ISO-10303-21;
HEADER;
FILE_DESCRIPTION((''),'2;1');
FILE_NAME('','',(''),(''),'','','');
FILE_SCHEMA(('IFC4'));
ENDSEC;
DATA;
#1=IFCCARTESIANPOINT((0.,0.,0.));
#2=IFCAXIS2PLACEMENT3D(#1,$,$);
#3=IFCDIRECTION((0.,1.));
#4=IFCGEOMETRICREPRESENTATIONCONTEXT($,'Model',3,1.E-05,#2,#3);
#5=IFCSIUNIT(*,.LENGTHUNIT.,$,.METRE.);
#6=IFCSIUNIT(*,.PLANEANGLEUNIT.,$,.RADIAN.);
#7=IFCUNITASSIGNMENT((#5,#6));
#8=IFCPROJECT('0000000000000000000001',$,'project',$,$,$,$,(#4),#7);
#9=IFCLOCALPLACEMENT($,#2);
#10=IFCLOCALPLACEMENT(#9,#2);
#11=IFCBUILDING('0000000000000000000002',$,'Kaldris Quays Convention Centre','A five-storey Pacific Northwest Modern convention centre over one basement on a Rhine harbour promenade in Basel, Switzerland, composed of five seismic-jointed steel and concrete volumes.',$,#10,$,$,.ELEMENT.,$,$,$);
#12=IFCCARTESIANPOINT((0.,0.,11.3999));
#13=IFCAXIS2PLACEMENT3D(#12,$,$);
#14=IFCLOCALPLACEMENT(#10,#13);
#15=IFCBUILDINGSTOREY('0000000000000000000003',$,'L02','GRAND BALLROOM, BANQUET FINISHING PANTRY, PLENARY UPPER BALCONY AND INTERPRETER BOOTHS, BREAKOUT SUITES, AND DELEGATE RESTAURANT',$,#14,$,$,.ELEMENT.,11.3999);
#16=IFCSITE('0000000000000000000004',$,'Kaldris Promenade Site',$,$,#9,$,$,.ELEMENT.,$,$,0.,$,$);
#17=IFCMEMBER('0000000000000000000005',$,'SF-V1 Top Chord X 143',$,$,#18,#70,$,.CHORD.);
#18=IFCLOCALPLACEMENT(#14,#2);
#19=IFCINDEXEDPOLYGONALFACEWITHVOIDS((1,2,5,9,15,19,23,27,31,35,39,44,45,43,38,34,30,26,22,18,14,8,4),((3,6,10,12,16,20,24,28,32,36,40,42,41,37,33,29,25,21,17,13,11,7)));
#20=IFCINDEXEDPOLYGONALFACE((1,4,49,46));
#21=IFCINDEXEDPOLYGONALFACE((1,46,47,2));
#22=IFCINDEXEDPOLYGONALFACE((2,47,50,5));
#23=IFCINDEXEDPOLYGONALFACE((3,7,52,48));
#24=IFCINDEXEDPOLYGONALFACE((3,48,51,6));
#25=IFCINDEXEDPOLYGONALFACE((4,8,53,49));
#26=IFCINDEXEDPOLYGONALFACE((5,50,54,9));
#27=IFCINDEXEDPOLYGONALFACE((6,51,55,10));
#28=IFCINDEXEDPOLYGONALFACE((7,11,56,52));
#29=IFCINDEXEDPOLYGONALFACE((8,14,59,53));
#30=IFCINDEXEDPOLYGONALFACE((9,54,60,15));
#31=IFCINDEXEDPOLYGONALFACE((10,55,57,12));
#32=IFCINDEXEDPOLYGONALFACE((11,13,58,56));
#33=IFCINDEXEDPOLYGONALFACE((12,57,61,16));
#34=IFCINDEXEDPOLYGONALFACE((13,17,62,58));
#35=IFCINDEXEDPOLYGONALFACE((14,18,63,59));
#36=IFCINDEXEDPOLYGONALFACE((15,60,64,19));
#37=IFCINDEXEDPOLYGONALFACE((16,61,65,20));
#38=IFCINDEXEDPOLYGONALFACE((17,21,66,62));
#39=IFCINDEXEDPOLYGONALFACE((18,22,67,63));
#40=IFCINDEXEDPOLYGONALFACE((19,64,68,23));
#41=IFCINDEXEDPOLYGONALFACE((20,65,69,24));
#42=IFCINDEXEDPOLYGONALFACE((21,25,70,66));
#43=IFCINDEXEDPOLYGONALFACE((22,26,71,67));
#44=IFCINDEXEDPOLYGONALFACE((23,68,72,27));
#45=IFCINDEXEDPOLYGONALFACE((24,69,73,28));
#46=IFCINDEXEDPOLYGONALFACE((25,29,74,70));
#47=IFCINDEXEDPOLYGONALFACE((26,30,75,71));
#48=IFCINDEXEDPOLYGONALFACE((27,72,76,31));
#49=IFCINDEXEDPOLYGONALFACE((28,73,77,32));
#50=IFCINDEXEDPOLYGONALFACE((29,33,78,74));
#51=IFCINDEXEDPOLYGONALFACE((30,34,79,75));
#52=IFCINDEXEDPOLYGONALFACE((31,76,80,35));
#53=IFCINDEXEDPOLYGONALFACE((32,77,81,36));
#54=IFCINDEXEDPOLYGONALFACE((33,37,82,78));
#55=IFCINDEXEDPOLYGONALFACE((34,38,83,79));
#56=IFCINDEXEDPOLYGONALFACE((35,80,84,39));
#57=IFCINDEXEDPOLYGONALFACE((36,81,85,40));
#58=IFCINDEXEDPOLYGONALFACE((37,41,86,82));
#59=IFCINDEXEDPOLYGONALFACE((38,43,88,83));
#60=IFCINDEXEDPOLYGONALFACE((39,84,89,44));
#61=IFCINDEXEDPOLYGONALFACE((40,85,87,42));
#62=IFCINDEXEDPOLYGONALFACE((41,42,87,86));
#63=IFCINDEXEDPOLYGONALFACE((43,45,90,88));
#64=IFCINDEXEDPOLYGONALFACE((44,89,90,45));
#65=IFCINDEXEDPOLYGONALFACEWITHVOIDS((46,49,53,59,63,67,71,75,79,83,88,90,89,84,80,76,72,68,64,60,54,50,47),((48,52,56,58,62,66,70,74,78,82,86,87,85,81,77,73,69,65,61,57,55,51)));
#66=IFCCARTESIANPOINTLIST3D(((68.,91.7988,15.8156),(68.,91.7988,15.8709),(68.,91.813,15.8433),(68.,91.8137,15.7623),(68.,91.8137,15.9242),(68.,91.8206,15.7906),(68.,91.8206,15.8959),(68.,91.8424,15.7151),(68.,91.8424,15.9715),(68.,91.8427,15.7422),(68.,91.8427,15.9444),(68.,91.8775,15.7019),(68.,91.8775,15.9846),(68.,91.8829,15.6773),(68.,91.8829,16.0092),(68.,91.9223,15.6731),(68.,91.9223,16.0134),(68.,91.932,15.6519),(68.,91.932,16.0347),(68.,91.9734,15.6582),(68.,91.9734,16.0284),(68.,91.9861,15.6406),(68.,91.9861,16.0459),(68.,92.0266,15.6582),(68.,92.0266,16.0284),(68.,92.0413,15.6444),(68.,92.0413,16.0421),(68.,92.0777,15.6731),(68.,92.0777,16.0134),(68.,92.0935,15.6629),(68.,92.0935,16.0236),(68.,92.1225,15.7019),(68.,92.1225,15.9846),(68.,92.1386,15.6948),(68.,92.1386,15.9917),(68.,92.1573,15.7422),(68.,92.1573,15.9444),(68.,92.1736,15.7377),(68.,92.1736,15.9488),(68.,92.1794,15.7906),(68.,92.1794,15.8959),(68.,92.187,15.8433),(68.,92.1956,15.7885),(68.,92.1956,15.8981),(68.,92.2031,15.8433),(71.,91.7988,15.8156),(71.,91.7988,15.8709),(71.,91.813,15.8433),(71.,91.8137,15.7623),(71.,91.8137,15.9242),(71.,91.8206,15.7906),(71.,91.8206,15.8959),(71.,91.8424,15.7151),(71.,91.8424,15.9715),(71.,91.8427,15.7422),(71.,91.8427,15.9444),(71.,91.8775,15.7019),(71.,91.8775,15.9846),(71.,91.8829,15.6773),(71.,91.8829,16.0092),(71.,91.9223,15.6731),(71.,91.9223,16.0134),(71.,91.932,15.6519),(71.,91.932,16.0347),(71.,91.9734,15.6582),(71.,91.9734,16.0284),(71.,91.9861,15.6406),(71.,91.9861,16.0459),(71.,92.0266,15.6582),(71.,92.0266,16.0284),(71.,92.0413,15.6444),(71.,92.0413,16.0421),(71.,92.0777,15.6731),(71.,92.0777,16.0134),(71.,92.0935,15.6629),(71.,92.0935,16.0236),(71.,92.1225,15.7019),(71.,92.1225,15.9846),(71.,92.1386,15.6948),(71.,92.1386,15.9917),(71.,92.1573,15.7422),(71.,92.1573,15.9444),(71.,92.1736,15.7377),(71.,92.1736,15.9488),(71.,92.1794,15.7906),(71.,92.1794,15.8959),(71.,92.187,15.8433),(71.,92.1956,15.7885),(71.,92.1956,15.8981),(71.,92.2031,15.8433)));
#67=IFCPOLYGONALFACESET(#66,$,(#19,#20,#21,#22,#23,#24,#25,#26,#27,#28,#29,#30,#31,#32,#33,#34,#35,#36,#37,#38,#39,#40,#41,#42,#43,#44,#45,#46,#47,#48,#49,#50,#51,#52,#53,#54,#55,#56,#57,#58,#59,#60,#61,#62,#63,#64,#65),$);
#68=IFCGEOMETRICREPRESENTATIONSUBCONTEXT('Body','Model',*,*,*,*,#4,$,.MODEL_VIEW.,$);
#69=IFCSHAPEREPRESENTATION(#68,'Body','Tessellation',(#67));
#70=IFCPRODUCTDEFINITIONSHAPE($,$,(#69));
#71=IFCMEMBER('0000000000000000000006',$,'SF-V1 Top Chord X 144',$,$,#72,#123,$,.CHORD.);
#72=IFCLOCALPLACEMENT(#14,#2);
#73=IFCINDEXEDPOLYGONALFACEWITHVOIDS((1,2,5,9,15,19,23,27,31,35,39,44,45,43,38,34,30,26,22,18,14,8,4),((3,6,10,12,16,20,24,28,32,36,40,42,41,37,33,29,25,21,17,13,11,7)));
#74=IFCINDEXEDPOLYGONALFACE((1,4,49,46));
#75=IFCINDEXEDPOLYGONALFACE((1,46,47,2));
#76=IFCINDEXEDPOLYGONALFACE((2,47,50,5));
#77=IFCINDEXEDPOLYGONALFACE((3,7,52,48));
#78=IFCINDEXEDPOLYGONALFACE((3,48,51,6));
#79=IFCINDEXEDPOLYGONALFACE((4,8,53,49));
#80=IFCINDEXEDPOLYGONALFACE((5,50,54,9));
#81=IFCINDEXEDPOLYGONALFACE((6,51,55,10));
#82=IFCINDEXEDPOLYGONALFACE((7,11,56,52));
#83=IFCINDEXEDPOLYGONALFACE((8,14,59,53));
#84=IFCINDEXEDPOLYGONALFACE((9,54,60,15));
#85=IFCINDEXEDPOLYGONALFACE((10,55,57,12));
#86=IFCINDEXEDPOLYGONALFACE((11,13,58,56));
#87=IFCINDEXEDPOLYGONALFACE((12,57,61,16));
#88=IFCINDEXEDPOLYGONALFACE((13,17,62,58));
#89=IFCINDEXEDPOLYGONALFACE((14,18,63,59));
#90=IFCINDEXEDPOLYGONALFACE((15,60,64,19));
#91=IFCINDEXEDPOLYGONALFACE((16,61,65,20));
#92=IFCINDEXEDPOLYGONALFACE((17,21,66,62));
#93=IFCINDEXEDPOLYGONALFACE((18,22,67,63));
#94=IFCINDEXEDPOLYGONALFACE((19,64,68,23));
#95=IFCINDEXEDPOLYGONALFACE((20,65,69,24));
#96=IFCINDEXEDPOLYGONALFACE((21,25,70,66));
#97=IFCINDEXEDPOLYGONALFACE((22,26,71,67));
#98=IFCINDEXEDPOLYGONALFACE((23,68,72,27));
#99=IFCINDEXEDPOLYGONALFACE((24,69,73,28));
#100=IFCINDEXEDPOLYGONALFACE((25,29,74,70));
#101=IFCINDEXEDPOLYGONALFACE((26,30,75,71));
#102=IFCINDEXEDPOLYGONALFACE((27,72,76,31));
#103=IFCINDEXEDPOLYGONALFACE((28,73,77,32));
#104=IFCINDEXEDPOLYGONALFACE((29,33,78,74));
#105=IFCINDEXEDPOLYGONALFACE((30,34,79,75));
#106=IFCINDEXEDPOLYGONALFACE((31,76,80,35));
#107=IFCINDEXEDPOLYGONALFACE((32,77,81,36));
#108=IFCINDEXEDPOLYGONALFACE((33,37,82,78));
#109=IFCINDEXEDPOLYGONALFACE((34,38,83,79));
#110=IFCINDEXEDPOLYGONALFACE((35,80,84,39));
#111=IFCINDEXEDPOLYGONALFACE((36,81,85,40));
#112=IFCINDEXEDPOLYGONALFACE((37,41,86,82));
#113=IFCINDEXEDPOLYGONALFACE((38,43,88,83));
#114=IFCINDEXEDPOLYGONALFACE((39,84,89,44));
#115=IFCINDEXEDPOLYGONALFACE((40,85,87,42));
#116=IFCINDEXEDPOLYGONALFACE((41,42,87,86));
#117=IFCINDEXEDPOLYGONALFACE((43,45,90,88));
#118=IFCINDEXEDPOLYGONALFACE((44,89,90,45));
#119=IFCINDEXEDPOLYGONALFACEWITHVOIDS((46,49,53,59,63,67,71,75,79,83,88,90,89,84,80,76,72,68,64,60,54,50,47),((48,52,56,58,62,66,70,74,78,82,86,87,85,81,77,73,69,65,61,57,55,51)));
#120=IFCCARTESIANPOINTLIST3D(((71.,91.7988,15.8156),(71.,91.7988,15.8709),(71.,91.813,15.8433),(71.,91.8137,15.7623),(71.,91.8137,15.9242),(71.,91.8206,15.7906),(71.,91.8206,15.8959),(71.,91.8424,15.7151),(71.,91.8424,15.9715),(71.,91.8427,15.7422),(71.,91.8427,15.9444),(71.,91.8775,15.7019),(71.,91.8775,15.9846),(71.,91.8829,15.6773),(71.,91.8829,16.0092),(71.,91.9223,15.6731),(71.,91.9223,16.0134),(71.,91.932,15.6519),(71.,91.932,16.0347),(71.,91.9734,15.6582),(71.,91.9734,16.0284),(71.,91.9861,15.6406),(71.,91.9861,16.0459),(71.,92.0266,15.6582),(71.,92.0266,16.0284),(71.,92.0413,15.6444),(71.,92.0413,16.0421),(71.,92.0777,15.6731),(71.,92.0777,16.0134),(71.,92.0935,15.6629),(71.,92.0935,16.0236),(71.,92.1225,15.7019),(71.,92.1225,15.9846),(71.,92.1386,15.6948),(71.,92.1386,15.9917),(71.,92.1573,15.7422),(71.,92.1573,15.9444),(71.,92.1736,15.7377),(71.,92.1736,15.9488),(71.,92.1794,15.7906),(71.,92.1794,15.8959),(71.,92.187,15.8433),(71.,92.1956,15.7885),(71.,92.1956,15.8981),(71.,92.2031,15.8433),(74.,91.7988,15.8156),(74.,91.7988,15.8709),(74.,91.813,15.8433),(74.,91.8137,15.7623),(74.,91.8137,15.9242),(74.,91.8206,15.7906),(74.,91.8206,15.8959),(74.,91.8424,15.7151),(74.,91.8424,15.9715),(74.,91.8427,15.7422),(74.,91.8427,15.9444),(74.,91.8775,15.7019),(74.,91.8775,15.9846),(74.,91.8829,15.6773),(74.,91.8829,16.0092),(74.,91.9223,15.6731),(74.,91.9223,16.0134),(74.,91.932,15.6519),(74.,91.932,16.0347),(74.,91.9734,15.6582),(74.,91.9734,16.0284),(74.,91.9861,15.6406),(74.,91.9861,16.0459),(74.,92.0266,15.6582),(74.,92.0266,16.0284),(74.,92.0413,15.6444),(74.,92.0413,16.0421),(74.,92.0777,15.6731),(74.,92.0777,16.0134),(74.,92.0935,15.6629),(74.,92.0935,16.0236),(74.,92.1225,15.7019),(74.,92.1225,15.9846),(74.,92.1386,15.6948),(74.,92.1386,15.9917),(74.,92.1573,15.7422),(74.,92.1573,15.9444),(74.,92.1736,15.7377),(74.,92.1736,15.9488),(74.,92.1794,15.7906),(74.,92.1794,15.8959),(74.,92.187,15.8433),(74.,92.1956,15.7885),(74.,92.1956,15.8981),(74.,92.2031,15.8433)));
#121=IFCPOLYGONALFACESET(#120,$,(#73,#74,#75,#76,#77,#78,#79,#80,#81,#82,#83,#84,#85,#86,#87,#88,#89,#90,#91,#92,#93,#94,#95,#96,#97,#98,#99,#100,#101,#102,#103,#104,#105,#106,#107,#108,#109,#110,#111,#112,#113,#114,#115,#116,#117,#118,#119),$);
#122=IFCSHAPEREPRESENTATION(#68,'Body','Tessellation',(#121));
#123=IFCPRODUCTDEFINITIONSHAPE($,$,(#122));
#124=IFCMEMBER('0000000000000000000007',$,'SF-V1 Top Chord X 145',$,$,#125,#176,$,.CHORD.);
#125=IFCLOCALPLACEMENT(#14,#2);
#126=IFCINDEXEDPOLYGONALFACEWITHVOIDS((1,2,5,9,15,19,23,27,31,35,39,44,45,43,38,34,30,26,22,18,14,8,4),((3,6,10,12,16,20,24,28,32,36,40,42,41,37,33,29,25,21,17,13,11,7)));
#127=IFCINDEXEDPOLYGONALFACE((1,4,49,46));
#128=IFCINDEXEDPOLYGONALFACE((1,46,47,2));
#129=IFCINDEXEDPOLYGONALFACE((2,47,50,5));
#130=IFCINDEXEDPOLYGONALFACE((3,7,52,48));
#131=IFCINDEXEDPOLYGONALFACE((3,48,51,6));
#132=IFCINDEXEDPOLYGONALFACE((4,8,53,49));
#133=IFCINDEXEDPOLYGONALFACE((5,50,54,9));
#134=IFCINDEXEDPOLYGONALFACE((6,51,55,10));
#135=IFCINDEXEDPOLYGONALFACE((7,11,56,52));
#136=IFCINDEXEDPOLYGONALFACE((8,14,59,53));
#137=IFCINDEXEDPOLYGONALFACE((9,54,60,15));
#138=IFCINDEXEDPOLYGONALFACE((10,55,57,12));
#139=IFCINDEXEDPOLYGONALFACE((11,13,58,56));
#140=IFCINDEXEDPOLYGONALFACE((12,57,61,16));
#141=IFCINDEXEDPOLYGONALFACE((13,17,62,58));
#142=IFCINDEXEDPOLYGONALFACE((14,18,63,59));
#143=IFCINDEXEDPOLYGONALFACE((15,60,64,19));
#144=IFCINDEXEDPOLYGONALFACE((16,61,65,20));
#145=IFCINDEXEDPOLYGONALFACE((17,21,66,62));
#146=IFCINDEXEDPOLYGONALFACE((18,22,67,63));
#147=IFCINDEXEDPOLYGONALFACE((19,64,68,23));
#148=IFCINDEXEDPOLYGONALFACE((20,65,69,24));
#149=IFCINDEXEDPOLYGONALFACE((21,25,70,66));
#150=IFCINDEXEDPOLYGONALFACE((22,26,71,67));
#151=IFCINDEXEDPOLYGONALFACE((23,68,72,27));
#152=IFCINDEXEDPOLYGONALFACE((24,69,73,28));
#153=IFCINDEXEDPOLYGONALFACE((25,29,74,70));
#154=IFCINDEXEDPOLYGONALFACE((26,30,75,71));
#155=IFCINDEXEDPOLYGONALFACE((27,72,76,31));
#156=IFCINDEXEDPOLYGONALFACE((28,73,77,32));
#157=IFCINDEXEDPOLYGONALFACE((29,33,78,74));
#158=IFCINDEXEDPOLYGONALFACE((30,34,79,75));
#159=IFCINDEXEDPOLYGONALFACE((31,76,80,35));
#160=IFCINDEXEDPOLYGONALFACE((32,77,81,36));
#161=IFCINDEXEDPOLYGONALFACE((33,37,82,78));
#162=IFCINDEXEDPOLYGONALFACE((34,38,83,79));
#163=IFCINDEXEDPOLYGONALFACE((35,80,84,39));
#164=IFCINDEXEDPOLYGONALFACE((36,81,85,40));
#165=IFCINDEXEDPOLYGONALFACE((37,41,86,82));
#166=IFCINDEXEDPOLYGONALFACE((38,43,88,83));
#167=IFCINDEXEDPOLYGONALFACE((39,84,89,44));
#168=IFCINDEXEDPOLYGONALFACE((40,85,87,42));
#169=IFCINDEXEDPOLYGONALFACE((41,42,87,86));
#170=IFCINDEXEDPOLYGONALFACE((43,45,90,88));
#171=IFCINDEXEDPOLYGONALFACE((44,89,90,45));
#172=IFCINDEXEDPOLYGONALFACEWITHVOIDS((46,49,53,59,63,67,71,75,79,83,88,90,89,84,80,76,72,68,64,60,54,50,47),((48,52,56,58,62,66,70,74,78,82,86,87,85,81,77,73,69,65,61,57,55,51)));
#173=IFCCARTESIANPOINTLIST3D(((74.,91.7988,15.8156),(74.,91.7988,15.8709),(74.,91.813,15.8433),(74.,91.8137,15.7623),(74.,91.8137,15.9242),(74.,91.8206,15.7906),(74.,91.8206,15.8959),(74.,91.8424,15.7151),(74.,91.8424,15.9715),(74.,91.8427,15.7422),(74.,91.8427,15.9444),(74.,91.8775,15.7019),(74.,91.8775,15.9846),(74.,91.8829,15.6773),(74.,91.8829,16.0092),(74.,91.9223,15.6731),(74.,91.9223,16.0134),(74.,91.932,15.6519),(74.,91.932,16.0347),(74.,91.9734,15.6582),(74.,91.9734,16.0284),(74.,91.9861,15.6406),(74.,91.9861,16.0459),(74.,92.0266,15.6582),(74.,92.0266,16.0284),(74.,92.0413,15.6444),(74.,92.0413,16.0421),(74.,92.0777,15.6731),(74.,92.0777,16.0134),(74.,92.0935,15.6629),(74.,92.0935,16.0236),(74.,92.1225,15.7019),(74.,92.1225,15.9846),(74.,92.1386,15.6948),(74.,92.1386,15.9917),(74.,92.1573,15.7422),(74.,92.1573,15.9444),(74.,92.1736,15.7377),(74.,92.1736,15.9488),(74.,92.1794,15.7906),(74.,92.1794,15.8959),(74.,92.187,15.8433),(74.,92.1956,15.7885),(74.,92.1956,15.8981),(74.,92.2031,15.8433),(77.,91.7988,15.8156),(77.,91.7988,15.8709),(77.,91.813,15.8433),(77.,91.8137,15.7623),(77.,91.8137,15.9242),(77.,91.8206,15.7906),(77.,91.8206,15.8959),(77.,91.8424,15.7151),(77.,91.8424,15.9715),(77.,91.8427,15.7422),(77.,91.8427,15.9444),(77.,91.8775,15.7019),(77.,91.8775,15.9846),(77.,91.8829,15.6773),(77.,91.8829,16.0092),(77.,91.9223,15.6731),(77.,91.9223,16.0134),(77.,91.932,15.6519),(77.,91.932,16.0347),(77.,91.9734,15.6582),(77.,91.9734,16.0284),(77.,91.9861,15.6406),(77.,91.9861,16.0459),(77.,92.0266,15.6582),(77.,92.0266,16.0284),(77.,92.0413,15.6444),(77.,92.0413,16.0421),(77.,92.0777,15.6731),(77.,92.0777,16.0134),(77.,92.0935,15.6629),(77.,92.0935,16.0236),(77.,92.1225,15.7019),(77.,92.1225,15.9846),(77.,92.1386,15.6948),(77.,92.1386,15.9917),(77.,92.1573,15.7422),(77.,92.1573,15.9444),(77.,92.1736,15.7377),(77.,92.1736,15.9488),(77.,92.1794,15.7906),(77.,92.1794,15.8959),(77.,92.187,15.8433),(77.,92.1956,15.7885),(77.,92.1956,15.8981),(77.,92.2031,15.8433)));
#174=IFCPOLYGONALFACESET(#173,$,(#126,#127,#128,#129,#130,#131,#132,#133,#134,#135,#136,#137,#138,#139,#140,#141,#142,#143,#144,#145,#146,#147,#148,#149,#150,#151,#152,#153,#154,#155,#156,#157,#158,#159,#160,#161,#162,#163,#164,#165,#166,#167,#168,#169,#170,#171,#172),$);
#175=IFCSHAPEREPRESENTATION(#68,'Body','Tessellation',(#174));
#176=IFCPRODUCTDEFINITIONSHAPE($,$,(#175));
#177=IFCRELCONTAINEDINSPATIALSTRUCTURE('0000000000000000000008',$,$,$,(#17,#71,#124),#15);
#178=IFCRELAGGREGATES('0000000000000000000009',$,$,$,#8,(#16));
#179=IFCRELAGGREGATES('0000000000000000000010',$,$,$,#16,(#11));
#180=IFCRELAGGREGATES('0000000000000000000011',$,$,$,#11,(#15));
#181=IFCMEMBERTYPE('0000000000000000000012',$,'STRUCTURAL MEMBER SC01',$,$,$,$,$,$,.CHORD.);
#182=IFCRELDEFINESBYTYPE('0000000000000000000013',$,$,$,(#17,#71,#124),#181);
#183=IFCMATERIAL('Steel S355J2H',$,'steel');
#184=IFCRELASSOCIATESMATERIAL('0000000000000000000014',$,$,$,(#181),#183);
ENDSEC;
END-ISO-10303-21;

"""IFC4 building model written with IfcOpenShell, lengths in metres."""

from ifc_helpers import new_model, si_unit, direction, frame, origin, origin_2d, place, context, subcontext, project, spatial, hollow_circle, extrude, material, material_profile, profile_set, type_object, element, save


model = new_model("IFC4")

# Units and contexts
model_context = context("Model", 3, precision=1e-05, world=origin(), true_north=direction((0.0, 1.0)))
body_context = subcontext(model_context, "Body", "Model", "MODEL_VIEW")
ifc_project = project(units=[si_unit("LENGTHUNIT", "METRE"), si_unit("PLANEANGLEUNIT", "RADIAN")], contexts=[model_context])

# Site, building, storey
site_placement = place(None, origin())
site = spatial("IfcSite", under=ifc_project, at=site_placement, Name="Kaldris Promenade Site", CompositionType="ELEMENT", RefElevation=0.0)
building_placement = place(site_placement, origin())
building = spatial("IfcBuilding", under=site, at=building_placement, Name="Kaldris Quays Convention Centre", Description="A five-storey Pacific Northwest Modern convention centre over one basement on a Rhine harbour promenade in Basel, Switzerland, composed of five seismic-jointed steel and concrete volumes.", CompositionType="ELEMENT")
storey_placement = place(building_placement, frame((0.0, 0.0, 11.3999)))
storey = spatial("IfcBuildingStorey", under=building, at=storey_placement, Name="L02", Description="GRAND BALLROOM, BANQUET FINISHING PANTRY, PLENARY UPPER BALCONY AND INTERPRETER BOOTHS, BREAKOUT SUITES, AND DELEGATE RESTAURANT", CompositionType="ELEMENT", Elevation=11.3999)

# Members
ifc_material_1 = material(Name="Steel S355J2H", Category="steel")
ifc_material_profile_1 = material_profile(ifc_material_1, hollow_circle(Radius=0.2031, WallThickness=0.0161, at=origin_2d()), Name="CHS 406.4x16")
ifc_profile_set_1 = profile_set([ifc_material_profile_1], Name="Steel S355J2H")
member_type_1 = type_object("IfcMemberType", Name="STRUCTURAL MEMBER SC01", PredefinedType="CHORD", material=ifc_profile_set_1)
for number, where, z_axis, x_axis, name in (
    (1, (68.0, 92.0, 15.8433), (1.0, 0.0, 0.0), (0.0, 1.0, 0.0), "SF-V1 Top Chord X 143"),
    (2, (71.0, 92.0, 15.8433), (1.0, 0.0, 0.0), (0.0, 1.0, 0.0), "SF-V1 Top Chord X 144"),
    (3, (74.0, 92.0, 15.8433), (1.0, 0.0, 0.0), (0.0, 1.0, 0.0), "SF-V1 Top Chord X 145"),
):
    element("IfcMember", number, at=place(storey_placement, frame(where, z_axis=z_axis, x_axis=x_axis)), inside=storey, type_object=member_type_1, Name=name, PredefinedType="CHORD", context=body_context, shape_type="SweptSolid", body=[
        extrude(hollow_circle(Radius=0.2031, WallThickness=0.0161, at=origin_2d()), origin(), (0.0, 0.0, 1.0), 3.0),
    ])

save(model, "model.ifc")
